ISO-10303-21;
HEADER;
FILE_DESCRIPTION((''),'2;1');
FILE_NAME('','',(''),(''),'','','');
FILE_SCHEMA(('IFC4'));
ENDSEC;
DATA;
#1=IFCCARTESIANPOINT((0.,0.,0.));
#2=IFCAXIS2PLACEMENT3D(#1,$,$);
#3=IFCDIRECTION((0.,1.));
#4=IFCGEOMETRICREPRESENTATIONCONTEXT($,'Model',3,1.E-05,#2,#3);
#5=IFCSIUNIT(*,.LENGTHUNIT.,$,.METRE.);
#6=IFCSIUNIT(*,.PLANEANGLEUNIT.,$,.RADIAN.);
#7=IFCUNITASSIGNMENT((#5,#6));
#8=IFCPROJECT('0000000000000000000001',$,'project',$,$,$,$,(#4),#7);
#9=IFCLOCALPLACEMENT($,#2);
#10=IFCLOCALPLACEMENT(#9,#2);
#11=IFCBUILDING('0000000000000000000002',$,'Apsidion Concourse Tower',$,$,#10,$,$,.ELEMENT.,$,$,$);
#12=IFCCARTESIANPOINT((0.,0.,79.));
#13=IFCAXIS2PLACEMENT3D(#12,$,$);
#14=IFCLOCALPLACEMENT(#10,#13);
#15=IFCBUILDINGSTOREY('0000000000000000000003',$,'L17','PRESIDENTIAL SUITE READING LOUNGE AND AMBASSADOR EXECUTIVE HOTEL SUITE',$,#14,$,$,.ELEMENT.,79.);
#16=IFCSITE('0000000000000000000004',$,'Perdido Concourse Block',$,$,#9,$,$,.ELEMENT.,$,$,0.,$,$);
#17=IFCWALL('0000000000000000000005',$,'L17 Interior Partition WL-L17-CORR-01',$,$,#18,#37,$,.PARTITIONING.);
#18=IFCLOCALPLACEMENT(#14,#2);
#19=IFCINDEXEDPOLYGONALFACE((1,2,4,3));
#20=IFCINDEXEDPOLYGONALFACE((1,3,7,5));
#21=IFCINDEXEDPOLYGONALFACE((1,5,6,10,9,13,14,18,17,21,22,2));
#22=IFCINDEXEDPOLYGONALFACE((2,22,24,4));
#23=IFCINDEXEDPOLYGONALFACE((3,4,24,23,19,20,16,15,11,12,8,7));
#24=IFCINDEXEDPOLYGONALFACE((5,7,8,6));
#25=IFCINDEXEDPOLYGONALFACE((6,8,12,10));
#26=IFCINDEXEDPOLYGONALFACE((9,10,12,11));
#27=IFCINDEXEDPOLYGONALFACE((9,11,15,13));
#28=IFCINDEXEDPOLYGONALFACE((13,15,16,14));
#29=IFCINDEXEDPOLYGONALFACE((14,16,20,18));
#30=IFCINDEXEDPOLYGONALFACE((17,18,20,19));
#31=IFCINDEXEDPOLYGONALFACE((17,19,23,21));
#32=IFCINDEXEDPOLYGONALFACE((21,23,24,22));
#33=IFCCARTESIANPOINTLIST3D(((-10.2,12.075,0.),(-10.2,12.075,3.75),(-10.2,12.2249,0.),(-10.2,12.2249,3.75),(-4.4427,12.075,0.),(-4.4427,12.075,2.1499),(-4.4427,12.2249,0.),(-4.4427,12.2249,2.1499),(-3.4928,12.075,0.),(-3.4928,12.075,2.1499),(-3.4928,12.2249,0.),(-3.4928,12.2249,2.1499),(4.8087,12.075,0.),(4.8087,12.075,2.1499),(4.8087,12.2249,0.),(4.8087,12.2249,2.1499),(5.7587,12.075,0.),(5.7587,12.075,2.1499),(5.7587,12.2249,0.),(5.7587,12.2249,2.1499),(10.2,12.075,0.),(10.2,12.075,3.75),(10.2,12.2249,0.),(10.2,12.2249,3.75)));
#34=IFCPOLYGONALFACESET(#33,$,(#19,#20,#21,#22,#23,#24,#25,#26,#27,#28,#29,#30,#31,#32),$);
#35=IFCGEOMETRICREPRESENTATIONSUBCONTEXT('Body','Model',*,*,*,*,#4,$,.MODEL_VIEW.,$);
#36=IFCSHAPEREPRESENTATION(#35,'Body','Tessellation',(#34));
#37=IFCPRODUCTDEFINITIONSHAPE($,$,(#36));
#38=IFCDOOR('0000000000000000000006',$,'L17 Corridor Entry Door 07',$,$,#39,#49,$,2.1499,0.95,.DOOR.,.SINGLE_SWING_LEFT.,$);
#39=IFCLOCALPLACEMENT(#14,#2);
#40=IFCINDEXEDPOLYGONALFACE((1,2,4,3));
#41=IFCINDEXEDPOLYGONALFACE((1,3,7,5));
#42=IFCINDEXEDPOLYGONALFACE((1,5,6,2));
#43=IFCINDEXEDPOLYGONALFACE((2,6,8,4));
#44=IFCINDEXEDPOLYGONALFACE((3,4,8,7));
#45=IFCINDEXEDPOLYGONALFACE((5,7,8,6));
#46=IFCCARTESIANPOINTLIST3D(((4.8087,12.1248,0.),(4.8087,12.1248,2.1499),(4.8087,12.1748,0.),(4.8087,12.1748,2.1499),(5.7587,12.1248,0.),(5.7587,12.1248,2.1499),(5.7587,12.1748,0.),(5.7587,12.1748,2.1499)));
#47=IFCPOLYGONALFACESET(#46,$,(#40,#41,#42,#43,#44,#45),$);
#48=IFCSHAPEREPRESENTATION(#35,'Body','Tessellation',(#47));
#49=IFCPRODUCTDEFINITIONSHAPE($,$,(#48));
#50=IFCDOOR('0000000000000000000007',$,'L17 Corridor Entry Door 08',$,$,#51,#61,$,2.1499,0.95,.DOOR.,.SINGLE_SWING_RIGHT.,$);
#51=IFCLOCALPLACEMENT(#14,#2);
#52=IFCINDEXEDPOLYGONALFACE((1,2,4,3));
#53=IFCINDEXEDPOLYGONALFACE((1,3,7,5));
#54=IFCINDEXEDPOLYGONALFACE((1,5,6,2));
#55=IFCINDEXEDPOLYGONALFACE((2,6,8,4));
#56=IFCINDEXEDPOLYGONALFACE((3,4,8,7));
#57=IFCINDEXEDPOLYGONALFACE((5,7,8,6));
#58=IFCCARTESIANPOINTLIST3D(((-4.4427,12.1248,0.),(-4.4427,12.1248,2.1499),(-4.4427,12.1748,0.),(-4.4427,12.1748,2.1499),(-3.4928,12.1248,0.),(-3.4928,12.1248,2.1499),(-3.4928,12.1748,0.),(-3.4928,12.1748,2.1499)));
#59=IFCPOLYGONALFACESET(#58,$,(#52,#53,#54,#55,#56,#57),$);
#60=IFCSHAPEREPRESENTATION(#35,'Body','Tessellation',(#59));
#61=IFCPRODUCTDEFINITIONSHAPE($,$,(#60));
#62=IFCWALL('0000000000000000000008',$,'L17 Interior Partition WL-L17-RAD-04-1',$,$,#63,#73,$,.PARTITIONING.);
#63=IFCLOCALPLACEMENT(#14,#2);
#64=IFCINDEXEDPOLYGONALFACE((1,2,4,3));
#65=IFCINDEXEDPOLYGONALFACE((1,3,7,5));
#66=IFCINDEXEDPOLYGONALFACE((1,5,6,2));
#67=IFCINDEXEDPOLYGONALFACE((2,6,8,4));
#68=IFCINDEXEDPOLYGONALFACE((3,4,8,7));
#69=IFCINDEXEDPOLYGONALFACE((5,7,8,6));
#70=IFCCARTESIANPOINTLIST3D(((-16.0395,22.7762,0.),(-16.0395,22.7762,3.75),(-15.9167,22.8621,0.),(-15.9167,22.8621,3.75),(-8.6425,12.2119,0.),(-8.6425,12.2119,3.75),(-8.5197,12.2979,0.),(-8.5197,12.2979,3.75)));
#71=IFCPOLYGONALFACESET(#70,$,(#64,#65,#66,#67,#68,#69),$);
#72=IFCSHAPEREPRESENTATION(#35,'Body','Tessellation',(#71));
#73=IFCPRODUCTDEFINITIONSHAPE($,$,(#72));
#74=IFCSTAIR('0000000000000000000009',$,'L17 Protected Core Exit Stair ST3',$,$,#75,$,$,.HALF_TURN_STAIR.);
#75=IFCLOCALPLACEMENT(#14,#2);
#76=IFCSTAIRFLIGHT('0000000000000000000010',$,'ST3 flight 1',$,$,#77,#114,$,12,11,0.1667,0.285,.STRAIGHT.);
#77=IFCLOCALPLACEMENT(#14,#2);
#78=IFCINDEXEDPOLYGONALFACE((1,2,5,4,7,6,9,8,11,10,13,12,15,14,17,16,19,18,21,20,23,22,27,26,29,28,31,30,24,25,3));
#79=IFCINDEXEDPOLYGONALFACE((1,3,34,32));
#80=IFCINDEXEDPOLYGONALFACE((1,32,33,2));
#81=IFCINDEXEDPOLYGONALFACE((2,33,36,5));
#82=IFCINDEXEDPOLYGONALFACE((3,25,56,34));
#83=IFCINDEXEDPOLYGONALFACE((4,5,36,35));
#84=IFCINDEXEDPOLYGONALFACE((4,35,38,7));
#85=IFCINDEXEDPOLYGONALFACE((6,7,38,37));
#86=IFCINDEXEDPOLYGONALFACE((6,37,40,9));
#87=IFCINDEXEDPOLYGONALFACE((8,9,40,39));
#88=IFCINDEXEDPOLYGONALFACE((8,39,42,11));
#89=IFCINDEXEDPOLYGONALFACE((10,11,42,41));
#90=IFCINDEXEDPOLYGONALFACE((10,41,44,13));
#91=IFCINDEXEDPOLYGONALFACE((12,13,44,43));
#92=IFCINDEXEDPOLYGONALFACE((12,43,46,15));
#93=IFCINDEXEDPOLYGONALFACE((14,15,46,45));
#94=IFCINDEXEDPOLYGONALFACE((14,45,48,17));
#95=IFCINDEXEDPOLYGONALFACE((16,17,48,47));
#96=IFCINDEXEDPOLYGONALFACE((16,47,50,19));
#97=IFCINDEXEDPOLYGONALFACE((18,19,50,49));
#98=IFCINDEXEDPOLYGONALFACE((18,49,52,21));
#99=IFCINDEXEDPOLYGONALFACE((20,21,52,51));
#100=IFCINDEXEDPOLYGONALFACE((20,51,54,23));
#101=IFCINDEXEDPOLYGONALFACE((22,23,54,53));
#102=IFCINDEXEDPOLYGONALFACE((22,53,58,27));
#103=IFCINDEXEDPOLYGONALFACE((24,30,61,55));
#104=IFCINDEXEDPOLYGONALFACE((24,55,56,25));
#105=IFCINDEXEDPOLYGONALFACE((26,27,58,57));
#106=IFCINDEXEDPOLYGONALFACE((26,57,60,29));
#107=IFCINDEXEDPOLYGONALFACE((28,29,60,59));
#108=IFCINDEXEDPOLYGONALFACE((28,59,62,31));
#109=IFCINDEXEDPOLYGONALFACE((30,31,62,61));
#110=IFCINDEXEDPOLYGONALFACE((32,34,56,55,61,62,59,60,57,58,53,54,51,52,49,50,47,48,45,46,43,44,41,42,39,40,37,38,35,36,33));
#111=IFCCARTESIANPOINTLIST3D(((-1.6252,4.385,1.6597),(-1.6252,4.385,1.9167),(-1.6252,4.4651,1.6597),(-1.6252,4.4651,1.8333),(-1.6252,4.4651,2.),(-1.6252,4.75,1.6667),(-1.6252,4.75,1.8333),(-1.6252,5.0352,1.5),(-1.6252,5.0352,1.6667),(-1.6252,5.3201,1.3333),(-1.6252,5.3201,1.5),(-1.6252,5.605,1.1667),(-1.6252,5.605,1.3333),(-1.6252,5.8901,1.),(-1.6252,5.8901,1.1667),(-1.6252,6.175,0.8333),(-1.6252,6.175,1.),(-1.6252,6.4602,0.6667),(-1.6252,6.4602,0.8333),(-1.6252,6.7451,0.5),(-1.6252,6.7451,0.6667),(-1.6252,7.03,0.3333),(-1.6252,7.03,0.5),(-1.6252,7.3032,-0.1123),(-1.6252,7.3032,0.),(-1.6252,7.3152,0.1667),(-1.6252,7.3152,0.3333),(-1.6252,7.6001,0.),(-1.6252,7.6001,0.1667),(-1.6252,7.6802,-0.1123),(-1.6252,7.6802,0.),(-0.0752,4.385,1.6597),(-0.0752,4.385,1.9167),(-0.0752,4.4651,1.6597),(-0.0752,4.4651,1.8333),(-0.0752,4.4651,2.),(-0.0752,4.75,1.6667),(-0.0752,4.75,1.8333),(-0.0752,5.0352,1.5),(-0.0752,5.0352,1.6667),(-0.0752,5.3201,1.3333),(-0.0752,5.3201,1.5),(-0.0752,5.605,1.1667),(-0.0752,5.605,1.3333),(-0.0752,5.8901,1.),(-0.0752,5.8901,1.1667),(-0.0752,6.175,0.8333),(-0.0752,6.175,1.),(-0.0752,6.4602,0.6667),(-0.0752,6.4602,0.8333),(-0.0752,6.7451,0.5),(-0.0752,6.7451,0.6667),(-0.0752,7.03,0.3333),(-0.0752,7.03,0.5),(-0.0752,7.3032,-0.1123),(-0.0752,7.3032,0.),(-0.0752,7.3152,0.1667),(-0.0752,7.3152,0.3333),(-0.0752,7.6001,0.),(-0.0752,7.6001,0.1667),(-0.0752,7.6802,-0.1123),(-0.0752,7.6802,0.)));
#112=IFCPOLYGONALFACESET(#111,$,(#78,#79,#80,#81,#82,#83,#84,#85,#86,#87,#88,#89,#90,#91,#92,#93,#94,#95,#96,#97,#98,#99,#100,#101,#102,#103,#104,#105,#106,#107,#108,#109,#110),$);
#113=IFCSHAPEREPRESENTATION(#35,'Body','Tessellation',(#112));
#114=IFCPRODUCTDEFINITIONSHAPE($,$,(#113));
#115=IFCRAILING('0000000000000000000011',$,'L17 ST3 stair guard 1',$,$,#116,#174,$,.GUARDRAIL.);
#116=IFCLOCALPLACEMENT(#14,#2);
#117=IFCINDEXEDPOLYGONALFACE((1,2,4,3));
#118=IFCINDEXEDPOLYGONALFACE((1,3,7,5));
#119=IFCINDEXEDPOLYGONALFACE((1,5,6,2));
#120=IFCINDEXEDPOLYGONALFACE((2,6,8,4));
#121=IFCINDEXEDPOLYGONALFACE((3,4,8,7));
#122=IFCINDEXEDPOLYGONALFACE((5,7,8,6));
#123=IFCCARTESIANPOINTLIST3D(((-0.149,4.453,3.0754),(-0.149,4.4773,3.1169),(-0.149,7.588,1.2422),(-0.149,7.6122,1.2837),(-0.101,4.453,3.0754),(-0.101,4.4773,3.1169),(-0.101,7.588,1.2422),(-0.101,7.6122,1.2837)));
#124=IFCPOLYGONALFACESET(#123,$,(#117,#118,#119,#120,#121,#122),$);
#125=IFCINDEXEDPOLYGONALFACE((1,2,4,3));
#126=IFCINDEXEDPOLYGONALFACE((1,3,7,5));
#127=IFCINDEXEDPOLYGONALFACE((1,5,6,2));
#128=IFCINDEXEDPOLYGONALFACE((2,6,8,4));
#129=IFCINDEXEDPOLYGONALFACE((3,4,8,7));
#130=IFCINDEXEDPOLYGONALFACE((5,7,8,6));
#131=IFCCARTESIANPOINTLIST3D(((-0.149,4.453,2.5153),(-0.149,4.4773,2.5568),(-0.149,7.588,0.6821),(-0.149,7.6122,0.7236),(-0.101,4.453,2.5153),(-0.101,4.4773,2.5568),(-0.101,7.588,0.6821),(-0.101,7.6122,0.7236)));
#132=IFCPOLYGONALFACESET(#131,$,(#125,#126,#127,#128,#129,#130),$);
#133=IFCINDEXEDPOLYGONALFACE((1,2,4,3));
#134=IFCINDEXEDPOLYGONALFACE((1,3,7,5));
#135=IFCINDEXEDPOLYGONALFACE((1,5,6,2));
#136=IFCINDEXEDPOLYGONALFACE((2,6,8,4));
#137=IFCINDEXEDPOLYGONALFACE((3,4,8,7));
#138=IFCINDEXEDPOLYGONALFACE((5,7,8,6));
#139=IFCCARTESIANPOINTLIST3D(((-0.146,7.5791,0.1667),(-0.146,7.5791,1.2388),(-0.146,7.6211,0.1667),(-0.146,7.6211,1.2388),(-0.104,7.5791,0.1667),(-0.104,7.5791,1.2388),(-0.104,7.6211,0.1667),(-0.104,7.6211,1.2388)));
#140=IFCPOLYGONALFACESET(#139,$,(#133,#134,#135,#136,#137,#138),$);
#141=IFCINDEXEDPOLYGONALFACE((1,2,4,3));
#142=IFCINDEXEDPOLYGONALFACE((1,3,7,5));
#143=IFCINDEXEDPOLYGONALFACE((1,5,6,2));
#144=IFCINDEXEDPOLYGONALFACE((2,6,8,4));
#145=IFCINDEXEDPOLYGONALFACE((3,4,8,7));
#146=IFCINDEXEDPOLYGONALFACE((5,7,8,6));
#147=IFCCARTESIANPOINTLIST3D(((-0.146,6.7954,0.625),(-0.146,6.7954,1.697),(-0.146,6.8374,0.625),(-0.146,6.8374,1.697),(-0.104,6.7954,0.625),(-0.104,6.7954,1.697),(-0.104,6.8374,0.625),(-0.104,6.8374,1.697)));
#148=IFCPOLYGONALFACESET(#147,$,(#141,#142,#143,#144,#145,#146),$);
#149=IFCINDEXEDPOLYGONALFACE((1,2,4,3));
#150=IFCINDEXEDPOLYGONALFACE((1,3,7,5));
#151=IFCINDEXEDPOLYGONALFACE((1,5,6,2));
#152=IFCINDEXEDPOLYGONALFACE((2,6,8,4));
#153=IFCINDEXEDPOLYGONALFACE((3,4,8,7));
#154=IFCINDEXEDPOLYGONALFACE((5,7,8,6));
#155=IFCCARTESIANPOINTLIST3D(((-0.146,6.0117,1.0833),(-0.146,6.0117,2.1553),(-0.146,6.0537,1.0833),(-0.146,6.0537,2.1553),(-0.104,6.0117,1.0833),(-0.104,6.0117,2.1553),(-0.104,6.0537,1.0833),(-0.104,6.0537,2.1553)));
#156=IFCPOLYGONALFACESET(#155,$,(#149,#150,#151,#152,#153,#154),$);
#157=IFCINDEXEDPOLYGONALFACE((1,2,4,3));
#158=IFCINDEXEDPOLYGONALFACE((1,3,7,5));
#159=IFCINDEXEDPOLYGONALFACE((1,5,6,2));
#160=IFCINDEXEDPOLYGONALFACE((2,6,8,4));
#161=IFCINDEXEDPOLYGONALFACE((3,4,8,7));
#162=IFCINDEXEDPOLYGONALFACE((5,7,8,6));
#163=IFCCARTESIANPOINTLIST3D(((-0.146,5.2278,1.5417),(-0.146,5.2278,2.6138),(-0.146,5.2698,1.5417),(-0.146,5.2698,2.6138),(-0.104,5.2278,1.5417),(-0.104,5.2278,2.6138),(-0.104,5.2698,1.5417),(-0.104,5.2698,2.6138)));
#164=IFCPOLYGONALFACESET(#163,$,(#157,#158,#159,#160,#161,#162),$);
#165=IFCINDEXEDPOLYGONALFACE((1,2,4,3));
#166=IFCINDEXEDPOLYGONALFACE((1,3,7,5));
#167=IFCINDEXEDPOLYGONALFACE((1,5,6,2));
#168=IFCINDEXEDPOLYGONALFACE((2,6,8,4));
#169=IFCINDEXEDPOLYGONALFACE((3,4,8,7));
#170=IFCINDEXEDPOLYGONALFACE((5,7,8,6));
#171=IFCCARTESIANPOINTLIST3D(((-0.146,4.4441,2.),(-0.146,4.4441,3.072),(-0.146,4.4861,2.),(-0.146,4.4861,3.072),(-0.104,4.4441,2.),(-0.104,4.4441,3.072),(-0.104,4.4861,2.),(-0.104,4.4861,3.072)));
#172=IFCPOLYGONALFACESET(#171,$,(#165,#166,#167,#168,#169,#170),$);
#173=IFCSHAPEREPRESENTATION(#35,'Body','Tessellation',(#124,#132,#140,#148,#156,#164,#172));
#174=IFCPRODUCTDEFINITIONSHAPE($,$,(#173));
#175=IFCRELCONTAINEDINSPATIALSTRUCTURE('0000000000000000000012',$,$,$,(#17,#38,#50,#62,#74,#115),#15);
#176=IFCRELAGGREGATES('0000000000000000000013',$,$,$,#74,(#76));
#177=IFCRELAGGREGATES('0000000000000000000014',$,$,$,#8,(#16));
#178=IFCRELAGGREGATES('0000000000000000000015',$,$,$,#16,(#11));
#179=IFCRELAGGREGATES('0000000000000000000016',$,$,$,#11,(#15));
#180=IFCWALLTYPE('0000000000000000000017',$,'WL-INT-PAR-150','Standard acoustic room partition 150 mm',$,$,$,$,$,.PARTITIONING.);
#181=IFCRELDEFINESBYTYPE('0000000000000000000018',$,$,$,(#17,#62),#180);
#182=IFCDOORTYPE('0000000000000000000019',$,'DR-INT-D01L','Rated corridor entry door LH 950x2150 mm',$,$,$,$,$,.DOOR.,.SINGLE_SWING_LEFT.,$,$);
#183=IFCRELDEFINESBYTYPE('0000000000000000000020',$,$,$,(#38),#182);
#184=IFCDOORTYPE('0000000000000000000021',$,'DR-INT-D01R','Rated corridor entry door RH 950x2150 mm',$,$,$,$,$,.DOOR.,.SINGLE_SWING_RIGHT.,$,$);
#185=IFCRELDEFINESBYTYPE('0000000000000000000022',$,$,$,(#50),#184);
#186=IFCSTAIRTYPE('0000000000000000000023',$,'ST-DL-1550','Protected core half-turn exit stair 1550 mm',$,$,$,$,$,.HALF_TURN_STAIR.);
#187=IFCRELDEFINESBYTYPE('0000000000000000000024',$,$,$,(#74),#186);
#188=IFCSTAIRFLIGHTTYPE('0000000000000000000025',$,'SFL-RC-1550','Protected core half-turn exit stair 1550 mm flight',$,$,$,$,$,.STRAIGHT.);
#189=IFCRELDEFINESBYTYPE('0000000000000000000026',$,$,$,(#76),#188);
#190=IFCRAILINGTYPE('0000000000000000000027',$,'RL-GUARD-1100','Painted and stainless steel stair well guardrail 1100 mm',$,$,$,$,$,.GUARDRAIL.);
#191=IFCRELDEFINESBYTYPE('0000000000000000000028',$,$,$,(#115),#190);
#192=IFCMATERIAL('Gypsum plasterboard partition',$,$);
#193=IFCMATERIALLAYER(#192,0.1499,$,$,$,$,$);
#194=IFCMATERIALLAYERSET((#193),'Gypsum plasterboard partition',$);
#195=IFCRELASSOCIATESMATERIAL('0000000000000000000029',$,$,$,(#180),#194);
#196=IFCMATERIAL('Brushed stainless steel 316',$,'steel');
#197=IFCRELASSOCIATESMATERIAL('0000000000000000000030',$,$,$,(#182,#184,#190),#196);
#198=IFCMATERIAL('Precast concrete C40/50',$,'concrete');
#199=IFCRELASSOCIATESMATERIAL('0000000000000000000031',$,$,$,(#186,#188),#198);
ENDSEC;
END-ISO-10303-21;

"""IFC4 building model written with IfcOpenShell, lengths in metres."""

from ifc_helpers import new_model, si_unit, direction, frame, frame_2d, origin, origin_2d, place, context, subcontext, project, spatial, polyline, rectangle, outline, extrude, material, layer, layer_set, type_object, element, fill, aggregate, save


model = new_model("IFC4")

# Units and contexts
model_context = context("Model", 3, precision=1e-05, world=origin(), true_north=direction((0.0, 1.0)))
body_context = subcontext(model_context, "Body", "Model", "MODEL_VIEW")
ifc_project = project(units=[si_unit("LENGTHUNIT", "METRE"), si_unit("PLANEANGLEUNIT", "RADIAN")], contexts=[model_context])

# Site, building, storey
site_placement = place(None, origin())
site = spatial("IfcSite", under=ifc_project, at=site_placement, Name="Perdido Concourse Block", CompositionType="ELEMENT", RefElevation=0.0)
building_placement = place(site_placement, origin())
building = spatial("IfcBuilding", under=site, at=building_placement, Name="Apsidion Concourse Tower", CompositionType="ELEMENT")
storey_placement = place(building_placement, frame((0.0, 0.0, 79.0)))
storey = spatial("IfcBuildingStorey", under=building, at=storey_placement, Name="L17", Description="PRESIDENTIAL SUITE READING LOUNGE AND AMBASSADOR EXECUTIVE HOTEL SUITE", CompositionType="ELEMENT", Elevation=79.0)

# Shared definitions
ifc_material_1 = material(Name="Gypsum plasterboard partition")

# Wall, openings, doors
ifc_layer_1 = layer(ifc_material_1, 0.1499)
ifc_layer_set_1 = layer_set([ifc_layer_1], Name="Gypsum plasterboard partition")
wall_type_1 = type_object("IfcWallType", Name="WL-INT-PAR-150", Description="Standard acoustic room partition 150 mm", PredefinedType="PARTITIONING", material=ifc_layer_set_1)
wall_1_placement = place(storey_placement, frame((-10.2, 12.1499, 0.0), z_axis=(0.0, 0.0, 1.0), x_axis=(1.0, 0.0, 0.0)))
wall_1 = element("IfcWall", 1, at=wall_1_placement, inside=storey, type_object=wall_type_1, Name="L17 Interior Partition WL-L17-CORR-01", PredefinedType="PARTITIONING", context=body_context, shape_type="SweptSolid", body=[
    extrude(rectangle(XDim=20.3999, YDim=0.1499, at=frame_2d((10.2, 0.0))), origin(), (0.0, 0.0, 1.0), 3.75),
])
opening_1_placement = place(wall_1_placement, frame((15.0085, 0.0, 0.0)))
opening_1 = element("IfcOpeningElement", 2, at=opening_1_placement, cuts=wall_1, PredefinedType="OPENING", context=body_context, shape_type="SweptSolid", body=[
    extrude(rectangle(XDim=0.95, YDim=2.1499, at=frame_2d((0.4751, 1.075))), frame((0.0, 0.085, 0.0), z_axis=(0.0, -1.0, 0.0), x_axis=(1.0, 0.0, 0.0)), (0.0, 0.0, 1.0), 0.1699),
])
opening_2_placement = place(wall_1_placement, frame((5.7571, 0.0, 0.0)))
opening_2 = element("IfcOpeningElement", 3, at=opening_2_placement, cuts=wall_1, PredefinedType="OPENING", context=body_context, shape_type="SweptSolid", body=[
    extrude(rectangle(XDim=0.95, YDim=2.1499, at=frame_2d((0.4751, 1.075))), frame((0.0, 0.085, 0.0), z_axis=(0.0, -1.0, 0.0), x_axis=(1.0, 0.0, 0.0)), (0.0, 0.0, 1.0), 0.1699),
])
ifc_material_2 = material(Name="Brushed stainless steel 316", Category="steel")
door_type_1 = type_object("IfcDoorType", Name="DR-INT-D01L", Description="Rated corridor entry door LH 950x2150 mm", OperationType="SINGLE_SWING_LEFT", PredefinedType="DOOR", material=ifc_material_2)
door_1_placement = place(opening_1_placement, origin())
door_1 = element("IfcDoor", 4, at=door_1_placement, inside=storey, type_object=door_type_1, Name="L17 Corridor Entry Door 07", OperationType="SINGLE_SWING_LEFT", OverallHeight=2.1499, OverallWidth=0.95, PredefinedType="DOOR", context=body_context, shape_type="SweptSolid", body=[
    extrude(rectangle(XDim=0.95, YDim=2.1499, at=frame_2d((0.4751, 1.075))), frame((0.0, 0.0249, 0.0), z_axis=(0.0, -1.0, 0.0), x_axis=(1.0, 0.0, 0.0)), (0.0, 0.0, 1.0), 0.05),
])
fill(opening_1, door_1)
door_type_2 = type_object("IfcDoorType", Name="DR-INT-D01R", Description="Rated corridor entry door RH 950x2150 mm", OperationType="SINGLE_SWING_RIGHT", PredefinedType="DOOR", material=ifc_material_2)
door_2_placement = place(opening_2_placement, origin())
door_2 = element("IfcDoor", 5, at=door_2_placement, inside=storey, type_object=door_type_2, Name="L17 Corridor Entry Door 08", OperationType="SINGLE_SWING_RIGHT", OverallHeight=2.1499, OverallWidth=0.95, PredefinedType="DOOR", context=body_context, shape_type="SweptSolid", body=[
    extrude(rectangle(XDim=0.95, YDim=2.1499, at=frame_2d((0.4751, 1.075))), frame((0.0, 0.0249, 0.0), z_axis=(0.0, -1.0, 0.0), x_axis=(1.0, 0.0, 0.0)), (0.0, 0.0, 1.0), 0.05),
])
fill(opening_2, door_2)

# Wall
wall_2_placement = place(storey_placement, frame((-8.5811, 12.2549, 0.0), z_axis=(0.0, 0.0, 1.0), x_axis=(-0.573568, 0.819158, 0.0)))
element("IfcWall", 6, at=wall_2_placement, inside=storey, type_object=wall_type_1, Name="L17 Interior Partition WL-L17-RAD-04-1", PredefinedType="PARTITIONING", context=body_context, shape_type="SweptSolid", body=[
    extrude(rectangle(XDim=12.8965, YDim=0.1499, at=frame_2d((6.4482, 0.0))), origin(), (0.0, 0.0, 1.0), 3.75),
])

# Stair, stair flight
ifc_material_3 = material(Name="Precast concrete C40/50", Category="concrete")
stair_type = type_object("IfcStairType", Name="ST-DL-1550", Description="Protected core half-turn exit stair 1550 mm", PredefinedType="HALF_TURN_STAIR", material=ifc_material_3)
stair_placement = place(storey_placement, origin())
stair = element("IfcStair", 7, at=stair_placement, inside=storey, type_object=stair_type, Name="L17 Protected Core Exit Stair ST3", PredefinedType="HALF_TURN_STAIR")
stair_flight_type = type_object("IfcStairFlightType", Name="SFL-RC-1550", Description="Protected core half-turn exit stair 1550 mm flight", PredefinedType="STRAIGHT", material=ifc_material_3)
stair_flight_placement = place(storey_placement, frame((-0.8501, 7.6001, 0.0), z_axis=(0.0, 0.0, 1.0), x_axis=(0.0, -1.0, 0.0)))
stair_flight = element("IfcStairFlight", 8, at=stair_flight_placement, type_object=stair_flight_type, Name="ST3 flight 1", NumberOfRisers=12, NumberOfTreads=11, PredefinedType="STRAIGHT", RiserHeight=0.1667, TreadLength=0.285, context=body_context, shape_type="SweptSolid", body=[
    extrude(outline(polyline([(-0.0801, -0.1123), (-0.0801, 0.0), (0.0, 0.0), (0.0, 0.1667), (0.2849, 0.1667), (0.2849, 0.3333), (0.5701, 0.3333), (0.5701, 0.5), (0.855, 0.5), (0.855, 0.6667), (1.1399, 0.6667), (1.1399, 0.8333), (1.425, 0.8333), (1.425, 1.0), (1.71, 1.0), (1.71, 1.1667), (1.9951, 1.1667), (1.9951, 1.3333), (2.28, 1.3333), (2.28, 1.5), (2.5649, 1.5), (2.5649, 1.6667), (2.8501, 1.6667), (2.8501, 1.8333), (3.135, 1.8333), (3.135, 2.0), (3.2151, 1.9167), (3.2151, 1.6597), (3.135, 1.6597), (0.2969, 0.0), (0.2969, -0.1123), (-0.0801, -0.1123)])), frame((0.0, 0.7749, 0.0), z_axis=(0.0, -1.0, 0.0), x_axis=(1.0, 0.0, 0.0)), (0.0, 0.0, 1.0), 1.55),
])
aggregate(stair, [stair_flight])

# Railing
railing_type_1 = type_object("IfcRailingType", Name="RL-GUARD-1100", Description="Painted and stainless steel stair well guardrail 1100 mm", PredefinedType="GUARDRAIL", material=ifc_material_2)
railing_1_placement = place(storey_placement, frame((-0.125, 7.6001, 0.1667)))
element("IfcRailing", 9, at=railing_1_placement, inside=storey, type_object=railing_type_1, Name="L17 ST3 stair guard 1", PredefinedType="GUARDRAIL", context=body_context, shape_type="SweptSolid", body=[
    extrude(rectangle(XDim=0.0481, YDim=0.0481, at=origin_2d()), frame((0.0, 0.0, 1.0962), z_axis=(0.0, -0.86324, 0.504794), x_axis=(1.0, 0.0, 0.0)), (0.0, 0.0, 1.0), 3.6316),
    extrude(rectangle(XDim=0.0481, YDim=0.0481, at=origin_2d()), frame((0.0, 0.0, 0.5361), z_axis=(0.0, -0.86324, 0.504794), x_axis=(1.0, 0.0, 0.0)), (0.0, 0.0, 1.0), 3.6316),
    extrude(rectangle(XDim=0.042, YDim=0.042, at=origin_2d()), origin(), (0.0, 0.0, 1.0), 1.072),
    extrude(rectangle(XDim=0.042, YDim=0.042, at=origin_2d()), frame((0.0, -0.7837, 0.4583)), (0.0, 0.0, 1.0), 1.072),
    extrude(rectangle(XDim=0.042, YDim=0.042, at=origin_2d()), frame((0.0, -1.5674, 0.9165)), (0.0, 0.0, 1.0), 1.072),
    extrude(rectangle(XDim=0.042, YDim=0.042, at=origin_2d()), frame((0.0, -2.3513, 1.375)), (0.0, 0.0, 1.0), 1.072),
    extrude(rectangle(XDim=0.042, YDim=0.042, at=origin_2d()), frame((0.0, -3.135, 1.8333)), (0.0, 0.0, 1.0), 1.072),
])

save(model, "model.ifc")
